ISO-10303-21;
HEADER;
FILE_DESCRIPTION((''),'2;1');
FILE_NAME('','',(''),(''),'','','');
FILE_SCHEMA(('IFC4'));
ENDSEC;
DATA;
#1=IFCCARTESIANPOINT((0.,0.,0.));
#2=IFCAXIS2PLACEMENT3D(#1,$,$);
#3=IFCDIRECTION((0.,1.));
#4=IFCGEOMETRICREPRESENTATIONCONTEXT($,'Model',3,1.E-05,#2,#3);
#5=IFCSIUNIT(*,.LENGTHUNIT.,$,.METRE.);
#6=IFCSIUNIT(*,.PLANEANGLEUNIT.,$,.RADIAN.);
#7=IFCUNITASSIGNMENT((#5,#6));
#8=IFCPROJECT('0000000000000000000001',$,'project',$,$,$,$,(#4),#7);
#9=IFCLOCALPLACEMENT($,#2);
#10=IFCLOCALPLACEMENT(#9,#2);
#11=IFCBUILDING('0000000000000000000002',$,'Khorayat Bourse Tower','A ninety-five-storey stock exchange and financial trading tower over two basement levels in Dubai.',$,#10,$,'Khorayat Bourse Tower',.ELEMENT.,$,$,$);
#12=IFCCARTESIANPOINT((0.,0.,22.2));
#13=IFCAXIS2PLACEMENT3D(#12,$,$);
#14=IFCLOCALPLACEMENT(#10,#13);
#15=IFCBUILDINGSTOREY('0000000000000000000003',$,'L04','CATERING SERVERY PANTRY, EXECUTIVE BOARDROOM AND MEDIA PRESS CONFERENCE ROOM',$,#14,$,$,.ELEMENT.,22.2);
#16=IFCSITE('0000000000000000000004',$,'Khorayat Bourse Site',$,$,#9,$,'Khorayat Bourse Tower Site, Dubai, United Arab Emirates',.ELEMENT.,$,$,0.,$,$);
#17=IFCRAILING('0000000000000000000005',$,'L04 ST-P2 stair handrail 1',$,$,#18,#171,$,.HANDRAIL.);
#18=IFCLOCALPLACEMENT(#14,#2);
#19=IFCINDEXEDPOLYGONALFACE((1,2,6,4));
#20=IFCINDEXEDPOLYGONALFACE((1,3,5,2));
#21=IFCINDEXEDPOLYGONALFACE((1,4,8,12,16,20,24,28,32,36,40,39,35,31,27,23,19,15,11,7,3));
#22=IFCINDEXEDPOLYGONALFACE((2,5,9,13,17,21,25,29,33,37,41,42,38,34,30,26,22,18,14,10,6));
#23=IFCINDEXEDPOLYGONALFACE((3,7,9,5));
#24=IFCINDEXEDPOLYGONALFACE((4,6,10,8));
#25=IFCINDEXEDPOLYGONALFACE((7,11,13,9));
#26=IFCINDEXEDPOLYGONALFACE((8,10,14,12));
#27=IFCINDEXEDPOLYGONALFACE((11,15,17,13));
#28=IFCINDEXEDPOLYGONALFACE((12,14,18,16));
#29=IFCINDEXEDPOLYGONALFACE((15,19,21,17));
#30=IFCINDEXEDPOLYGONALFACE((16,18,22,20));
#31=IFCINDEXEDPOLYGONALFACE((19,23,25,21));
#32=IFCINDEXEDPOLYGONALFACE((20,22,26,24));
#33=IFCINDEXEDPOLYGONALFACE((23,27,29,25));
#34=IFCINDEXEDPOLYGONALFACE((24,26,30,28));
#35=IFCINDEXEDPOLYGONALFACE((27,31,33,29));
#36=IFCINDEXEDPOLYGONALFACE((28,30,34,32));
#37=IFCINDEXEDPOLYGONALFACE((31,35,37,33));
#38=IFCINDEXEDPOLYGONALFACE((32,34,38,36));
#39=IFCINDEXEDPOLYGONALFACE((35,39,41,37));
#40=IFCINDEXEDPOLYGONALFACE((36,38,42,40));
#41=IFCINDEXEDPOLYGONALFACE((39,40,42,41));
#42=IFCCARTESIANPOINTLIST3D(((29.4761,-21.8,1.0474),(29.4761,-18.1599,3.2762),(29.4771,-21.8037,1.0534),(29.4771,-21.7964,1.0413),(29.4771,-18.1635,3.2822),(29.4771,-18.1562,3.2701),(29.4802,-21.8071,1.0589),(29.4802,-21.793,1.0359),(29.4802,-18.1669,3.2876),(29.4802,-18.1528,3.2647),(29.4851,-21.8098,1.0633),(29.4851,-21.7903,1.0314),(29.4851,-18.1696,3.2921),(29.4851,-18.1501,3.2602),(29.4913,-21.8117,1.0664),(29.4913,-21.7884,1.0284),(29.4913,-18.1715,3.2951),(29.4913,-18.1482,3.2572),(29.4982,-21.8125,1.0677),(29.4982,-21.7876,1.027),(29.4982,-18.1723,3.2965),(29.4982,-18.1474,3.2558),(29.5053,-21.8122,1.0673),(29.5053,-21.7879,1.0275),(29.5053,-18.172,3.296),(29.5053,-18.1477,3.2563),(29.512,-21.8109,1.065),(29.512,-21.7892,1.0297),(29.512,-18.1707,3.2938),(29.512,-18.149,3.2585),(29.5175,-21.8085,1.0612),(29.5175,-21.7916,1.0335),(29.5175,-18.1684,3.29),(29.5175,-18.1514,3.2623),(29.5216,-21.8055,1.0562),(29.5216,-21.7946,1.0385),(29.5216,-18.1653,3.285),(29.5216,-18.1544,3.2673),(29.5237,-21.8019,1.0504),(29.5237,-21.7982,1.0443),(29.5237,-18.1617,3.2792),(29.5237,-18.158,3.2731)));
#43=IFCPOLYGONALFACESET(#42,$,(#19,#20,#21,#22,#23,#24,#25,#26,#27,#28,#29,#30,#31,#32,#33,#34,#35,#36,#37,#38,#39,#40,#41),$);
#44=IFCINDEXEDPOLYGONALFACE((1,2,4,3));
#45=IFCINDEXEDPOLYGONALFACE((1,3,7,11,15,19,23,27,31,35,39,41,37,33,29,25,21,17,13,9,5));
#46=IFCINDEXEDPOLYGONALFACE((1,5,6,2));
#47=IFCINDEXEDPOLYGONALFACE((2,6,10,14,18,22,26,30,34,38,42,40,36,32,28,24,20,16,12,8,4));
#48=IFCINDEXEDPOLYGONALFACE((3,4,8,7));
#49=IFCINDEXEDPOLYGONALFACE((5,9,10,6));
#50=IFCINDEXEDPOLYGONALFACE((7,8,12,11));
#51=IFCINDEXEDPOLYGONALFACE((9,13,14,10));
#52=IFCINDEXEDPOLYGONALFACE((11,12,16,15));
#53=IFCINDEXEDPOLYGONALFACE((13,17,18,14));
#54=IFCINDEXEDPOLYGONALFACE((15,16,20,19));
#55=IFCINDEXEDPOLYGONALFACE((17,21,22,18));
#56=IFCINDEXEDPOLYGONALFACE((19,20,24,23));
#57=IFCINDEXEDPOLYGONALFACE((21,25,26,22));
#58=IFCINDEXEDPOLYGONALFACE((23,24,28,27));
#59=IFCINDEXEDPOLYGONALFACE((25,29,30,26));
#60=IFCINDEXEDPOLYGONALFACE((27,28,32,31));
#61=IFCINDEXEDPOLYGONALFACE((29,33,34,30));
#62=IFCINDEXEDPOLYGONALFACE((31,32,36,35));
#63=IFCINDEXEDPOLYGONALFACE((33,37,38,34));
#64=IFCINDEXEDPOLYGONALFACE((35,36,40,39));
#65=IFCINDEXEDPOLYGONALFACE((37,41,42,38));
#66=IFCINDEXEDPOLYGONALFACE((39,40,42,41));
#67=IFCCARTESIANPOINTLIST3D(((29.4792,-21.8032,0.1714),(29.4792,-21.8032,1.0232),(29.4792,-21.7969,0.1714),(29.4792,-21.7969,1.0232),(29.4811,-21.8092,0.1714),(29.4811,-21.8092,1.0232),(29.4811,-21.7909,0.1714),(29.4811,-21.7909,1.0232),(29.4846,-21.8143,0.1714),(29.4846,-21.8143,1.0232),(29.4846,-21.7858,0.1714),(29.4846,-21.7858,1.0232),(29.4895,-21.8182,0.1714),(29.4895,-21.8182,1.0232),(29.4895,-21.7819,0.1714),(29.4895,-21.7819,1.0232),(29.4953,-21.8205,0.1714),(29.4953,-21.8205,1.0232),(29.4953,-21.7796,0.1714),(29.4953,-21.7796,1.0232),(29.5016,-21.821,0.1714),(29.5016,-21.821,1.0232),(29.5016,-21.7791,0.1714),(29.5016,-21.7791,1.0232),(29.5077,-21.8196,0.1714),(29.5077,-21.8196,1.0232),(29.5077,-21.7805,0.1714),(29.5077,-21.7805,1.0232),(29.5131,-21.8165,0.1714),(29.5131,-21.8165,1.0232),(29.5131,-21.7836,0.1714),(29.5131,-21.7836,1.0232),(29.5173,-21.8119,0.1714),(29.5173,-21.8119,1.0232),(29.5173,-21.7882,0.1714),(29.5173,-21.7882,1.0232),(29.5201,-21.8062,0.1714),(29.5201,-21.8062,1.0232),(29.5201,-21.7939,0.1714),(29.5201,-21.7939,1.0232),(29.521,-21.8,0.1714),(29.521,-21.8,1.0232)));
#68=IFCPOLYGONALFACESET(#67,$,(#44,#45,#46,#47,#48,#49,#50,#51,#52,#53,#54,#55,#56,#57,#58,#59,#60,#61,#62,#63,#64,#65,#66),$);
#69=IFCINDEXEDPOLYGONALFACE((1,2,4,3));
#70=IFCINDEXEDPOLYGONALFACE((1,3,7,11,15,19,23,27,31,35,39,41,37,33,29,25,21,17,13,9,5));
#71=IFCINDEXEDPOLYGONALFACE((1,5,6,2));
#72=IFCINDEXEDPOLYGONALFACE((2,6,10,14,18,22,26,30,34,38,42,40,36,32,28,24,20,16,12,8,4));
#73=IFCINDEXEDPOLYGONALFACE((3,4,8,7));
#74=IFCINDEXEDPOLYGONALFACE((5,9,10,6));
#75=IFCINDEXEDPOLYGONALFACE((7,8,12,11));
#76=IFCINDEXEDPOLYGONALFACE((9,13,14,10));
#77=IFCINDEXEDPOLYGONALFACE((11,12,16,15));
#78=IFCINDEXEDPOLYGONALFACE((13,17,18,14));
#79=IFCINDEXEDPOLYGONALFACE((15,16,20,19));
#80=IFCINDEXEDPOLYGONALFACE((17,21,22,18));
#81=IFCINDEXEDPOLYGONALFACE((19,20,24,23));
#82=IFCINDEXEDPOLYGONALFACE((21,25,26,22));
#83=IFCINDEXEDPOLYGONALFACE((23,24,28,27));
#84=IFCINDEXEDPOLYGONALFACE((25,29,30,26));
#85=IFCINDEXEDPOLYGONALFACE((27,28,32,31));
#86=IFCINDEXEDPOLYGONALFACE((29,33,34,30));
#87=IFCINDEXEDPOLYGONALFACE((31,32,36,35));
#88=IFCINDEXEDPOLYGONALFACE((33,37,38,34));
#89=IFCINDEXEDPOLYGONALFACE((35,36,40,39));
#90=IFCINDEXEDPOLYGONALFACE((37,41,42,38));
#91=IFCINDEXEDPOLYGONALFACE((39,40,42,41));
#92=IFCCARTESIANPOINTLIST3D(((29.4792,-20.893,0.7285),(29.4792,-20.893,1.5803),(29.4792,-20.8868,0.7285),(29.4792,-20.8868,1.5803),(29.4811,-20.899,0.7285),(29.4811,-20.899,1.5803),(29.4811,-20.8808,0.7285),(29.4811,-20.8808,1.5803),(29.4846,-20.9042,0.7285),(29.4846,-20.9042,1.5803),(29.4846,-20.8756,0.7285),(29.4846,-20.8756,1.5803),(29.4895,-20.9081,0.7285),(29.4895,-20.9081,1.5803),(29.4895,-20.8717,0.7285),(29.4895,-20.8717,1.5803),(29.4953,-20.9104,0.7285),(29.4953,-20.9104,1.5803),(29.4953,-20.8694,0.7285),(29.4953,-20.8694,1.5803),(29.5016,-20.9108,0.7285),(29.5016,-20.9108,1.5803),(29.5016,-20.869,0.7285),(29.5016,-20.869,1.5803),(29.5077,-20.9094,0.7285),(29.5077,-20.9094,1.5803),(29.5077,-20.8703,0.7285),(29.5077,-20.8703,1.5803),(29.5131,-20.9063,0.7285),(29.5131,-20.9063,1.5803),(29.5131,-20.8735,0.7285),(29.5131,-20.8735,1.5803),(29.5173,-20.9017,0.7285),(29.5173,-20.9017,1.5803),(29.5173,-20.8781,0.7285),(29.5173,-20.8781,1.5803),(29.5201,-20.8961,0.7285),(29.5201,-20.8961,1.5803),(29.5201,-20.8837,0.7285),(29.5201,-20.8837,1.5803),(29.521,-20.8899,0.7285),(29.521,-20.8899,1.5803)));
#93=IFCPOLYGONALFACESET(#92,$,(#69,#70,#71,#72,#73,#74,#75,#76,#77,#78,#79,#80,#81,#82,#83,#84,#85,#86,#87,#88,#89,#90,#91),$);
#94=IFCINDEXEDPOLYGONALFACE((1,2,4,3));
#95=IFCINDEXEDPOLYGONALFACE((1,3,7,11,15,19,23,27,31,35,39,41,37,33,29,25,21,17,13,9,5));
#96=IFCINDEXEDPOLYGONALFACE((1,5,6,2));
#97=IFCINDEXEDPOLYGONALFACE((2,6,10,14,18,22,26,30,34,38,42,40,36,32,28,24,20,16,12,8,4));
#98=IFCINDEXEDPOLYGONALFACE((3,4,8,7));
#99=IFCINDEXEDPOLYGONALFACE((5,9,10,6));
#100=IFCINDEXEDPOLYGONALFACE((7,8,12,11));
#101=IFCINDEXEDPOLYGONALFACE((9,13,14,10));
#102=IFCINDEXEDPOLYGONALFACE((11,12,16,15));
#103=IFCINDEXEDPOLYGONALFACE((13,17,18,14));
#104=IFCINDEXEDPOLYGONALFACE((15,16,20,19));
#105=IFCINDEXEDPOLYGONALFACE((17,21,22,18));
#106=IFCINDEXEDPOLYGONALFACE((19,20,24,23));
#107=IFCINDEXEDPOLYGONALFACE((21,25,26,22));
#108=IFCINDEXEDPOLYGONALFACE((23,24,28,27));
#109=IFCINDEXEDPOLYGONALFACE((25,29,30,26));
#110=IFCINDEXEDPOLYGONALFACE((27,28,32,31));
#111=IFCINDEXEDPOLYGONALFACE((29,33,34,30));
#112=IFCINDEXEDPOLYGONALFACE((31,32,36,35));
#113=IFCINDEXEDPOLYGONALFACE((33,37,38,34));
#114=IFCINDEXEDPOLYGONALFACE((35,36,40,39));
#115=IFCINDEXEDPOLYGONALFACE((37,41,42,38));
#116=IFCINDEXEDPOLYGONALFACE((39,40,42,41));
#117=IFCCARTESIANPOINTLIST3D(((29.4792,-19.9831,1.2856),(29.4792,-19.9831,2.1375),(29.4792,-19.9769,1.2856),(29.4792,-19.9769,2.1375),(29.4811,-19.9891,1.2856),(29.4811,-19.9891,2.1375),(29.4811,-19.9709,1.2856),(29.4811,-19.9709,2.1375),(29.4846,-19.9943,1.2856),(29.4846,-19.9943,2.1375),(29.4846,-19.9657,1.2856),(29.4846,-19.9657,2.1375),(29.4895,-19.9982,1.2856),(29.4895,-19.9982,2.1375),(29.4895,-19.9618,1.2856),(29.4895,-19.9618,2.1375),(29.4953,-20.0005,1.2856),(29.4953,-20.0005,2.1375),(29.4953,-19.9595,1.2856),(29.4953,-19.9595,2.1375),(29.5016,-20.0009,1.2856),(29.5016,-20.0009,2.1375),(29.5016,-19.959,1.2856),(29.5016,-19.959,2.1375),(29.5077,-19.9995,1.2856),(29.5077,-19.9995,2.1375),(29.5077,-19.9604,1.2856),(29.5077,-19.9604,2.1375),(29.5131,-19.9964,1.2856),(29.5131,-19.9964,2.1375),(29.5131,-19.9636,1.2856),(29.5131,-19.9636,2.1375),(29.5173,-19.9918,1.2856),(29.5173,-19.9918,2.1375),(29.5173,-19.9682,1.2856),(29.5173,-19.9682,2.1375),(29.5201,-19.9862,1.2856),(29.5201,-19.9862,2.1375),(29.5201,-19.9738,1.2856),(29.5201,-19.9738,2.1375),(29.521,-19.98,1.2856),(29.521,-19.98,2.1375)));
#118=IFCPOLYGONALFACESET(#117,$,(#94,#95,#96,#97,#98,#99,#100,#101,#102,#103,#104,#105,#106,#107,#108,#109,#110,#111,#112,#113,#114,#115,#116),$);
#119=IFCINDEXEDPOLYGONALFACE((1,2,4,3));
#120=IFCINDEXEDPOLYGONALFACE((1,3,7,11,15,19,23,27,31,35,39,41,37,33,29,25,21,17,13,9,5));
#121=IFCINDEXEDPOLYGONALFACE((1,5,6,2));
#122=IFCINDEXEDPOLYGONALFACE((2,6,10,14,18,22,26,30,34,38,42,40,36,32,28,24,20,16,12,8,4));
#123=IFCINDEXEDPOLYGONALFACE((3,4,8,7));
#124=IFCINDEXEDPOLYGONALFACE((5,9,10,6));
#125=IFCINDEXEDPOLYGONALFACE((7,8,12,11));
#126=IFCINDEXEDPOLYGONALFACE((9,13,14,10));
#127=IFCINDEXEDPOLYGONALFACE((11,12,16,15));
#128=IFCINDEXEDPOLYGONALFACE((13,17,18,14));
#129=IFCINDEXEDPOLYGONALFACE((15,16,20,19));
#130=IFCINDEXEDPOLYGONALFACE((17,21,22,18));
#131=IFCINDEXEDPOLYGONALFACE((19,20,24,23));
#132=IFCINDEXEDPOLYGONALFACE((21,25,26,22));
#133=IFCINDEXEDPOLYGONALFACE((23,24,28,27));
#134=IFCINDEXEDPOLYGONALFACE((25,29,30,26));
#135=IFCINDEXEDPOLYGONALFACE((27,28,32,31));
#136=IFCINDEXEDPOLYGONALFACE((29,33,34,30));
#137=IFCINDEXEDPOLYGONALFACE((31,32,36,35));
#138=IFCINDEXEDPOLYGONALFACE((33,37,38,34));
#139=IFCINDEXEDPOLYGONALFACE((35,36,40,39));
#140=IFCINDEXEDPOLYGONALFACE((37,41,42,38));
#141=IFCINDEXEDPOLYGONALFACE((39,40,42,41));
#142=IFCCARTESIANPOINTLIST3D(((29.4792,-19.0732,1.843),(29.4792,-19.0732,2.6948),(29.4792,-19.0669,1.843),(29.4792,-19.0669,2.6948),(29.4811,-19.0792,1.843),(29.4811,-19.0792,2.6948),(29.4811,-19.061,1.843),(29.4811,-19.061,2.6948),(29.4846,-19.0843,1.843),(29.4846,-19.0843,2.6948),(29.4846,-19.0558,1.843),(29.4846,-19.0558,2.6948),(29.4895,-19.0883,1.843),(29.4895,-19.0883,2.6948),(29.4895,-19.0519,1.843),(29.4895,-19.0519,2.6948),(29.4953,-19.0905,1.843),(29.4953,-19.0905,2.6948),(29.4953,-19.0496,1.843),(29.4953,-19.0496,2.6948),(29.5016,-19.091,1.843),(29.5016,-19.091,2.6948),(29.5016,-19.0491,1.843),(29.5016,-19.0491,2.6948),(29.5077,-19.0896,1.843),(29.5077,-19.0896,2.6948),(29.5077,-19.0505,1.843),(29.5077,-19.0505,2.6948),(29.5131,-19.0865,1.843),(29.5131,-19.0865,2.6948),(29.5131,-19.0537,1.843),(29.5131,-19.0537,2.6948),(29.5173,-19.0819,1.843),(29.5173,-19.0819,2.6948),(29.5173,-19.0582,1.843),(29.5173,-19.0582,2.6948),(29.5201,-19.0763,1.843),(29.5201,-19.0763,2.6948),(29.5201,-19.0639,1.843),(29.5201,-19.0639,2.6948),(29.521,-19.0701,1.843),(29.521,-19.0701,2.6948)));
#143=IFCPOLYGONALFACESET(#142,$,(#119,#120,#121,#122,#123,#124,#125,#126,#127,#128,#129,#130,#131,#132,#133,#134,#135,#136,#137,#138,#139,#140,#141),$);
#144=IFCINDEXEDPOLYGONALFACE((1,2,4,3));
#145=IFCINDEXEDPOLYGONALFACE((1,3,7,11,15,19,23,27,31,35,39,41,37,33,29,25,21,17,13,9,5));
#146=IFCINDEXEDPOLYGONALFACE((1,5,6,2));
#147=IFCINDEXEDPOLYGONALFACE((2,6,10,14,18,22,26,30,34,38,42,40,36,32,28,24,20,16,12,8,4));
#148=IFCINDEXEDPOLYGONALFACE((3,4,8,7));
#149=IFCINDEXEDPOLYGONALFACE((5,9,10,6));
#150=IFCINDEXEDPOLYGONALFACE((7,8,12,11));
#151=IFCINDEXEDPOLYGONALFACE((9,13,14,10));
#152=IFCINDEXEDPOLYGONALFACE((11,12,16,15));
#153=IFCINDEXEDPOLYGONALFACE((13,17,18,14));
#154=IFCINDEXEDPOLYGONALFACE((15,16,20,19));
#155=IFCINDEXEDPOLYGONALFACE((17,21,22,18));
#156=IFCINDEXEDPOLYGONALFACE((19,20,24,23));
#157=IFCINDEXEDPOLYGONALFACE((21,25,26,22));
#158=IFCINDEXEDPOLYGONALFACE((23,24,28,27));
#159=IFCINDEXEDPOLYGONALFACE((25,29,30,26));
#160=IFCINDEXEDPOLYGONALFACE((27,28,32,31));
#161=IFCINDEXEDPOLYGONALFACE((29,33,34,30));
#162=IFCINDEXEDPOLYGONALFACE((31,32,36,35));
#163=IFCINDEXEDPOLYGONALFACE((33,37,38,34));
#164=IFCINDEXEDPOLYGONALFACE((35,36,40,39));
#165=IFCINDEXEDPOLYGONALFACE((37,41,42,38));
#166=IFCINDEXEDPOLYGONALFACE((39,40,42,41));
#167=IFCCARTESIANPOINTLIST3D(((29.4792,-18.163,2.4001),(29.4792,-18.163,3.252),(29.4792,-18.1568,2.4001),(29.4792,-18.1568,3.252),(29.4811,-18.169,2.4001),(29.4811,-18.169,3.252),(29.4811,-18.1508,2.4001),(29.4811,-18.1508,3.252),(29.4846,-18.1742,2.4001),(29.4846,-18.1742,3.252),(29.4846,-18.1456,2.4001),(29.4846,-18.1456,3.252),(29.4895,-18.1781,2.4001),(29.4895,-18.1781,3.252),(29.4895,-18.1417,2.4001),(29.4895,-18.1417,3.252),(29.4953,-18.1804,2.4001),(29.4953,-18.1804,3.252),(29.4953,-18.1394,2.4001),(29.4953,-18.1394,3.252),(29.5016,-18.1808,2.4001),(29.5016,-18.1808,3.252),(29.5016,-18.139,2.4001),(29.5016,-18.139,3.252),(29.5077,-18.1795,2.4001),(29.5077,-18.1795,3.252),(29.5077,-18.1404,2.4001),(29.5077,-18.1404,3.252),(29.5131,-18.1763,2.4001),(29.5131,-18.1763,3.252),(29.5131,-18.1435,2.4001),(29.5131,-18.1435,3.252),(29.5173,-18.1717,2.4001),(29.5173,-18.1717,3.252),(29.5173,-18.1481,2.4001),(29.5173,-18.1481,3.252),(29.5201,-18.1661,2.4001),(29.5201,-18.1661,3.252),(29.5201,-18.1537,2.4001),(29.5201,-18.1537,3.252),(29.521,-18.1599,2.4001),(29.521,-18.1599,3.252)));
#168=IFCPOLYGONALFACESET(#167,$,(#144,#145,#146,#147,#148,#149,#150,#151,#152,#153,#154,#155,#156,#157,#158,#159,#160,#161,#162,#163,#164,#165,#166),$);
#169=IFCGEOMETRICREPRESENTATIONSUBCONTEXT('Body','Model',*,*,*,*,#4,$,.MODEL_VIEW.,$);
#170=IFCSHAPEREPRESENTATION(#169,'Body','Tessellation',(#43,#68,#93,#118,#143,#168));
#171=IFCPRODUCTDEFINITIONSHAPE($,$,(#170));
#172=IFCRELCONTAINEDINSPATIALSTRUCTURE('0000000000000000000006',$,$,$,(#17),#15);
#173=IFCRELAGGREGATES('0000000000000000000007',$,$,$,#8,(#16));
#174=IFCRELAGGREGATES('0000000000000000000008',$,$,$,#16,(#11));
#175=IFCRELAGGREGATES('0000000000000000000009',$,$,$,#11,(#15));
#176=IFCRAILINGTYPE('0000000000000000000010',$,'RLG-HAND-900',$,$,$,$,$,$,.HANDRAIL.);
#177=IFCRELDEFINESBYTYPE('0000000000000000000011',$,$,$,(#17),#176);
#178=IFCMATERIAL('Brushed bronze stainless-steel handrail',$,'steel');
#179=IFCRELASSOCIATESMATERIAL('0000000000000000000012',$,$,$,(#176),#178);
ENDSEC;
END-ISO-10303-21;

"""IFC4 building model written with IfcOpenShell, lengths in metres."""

from ifc_helpers import new_model, si_unit, direction, frame, origin, origin_2d, place, context, subcontext, project, spatial, circle, extrude, source, transform, mapped, material, type_object, element, save


model = new_model("IFC4")

# Units and contexts
model_context = context("Model", 3, precision=1e-05, world=origin(), true_north=direction((0.0, 1.0)))
body_context = subcontext(model_context, "Body", "Model", "MODEL_VIEW")
ifc_project = project(units=[si_unit("LENGTHUNIT", "METRE"), si_unit("PLANEANGLEUNIT", "RADIAN")], contexts=[model_context])

# Site, building, storey
site_placement = place(None, origin())
site = spatial("IfcSite", under=ifc_project, at=site_placement, Name="Khorayat Bourse Site", LongName="Khorayat Bourse Tower Site, Dubai, United Arab Emirates", CompositionType="ELEMENT", RefElevation=0.0)
building_placement = place(site_placement, origin())
building = spatial("IfcBuilding", under=site, at=building_placement, Name="Khorayat Bourse Tower", Description="A ninety-five-storey stock exchange and financial trading tower over two basement levels in Dubai.", LongName="Khorayat Bourse Tower", CompositionType="ELEMENT")
storey_placement = place(building_placement, frame((0.0, 0.0, 22.2)))
storey = spatial("IfcBuildingStorey", under=building, at=storey_placement, Name="L04", Description="CATERING SERVERY PANTRY, EXECUTIVE BOARDROOM AND MEDIA PRESS CONFERENCE ROOM", CompositionType="ELEMENT", Elevation=22.2)

# Railing
ifc_material_1 = material(Name="Brushed bronze stainless-steel handrail", Category="steel")
railing_type_1 = type_object("IfcRailingType", Name="RLG-HAND-900", PredefinedType="HANDRAIL", material=ifc_material_1)
shared_shape_1 = source(origin(), body_context, "Body", "SweptSolid", [
    extrude(circle(Radius=0.0239, at=origin_2d()), frame((0.0, 0.0, 0.876), z_axis=(0.0, 0.85284, 0.522172), x_axis=(-1.0, 0.0, 0.0)), (0.0, 0.0, 1.0), 4.2683),
    extrude(circle(Radius=0.021, at=origin_2d()), origin(), (0.0, 0.0, 1.0), 0.8518),
    extrude(circle(Radius=0.021, at=origin_2d()), frame((0.0, 0.9102, 0.5571)), (0.0, 0.0, 1.0), 0.8518),
    extrude(circle(Radius=0.021, at=origin_2d()), frame((0.0, 1.8201, 1.1143)), (0.0, 0.0, 1.0), 0.8518),
    extrude(circle(Radius=0.021, at=origin_2d()), frame((0.0, 2.73, 1.6716)), (0.0, 0.0, 1.0), 0.8518),
    extrude(circle(Radius=0.021, at=origin_2d()), frame((0.0, 3.6401, 2.2288)), (0.0, 0.0, 1.0), 0.8518),
])
railing_1_placement = place(storey_placement, frame((29.5, -21.8, 0.1714)))
element("IfcRailing", 1, at=railing_1_placement, inside=storey, type_object=railing_type_1, Name="L04 ST-P2 stair handrail 1", PredefinedType="HANDRAIL", context=body_context, shape_type="MappedRepresentation", body=[
    mapped(shared_shape_1, transform((0.0, 0.0, 0.0), scale=1.0)),
])

save(model, "model.ifc")
